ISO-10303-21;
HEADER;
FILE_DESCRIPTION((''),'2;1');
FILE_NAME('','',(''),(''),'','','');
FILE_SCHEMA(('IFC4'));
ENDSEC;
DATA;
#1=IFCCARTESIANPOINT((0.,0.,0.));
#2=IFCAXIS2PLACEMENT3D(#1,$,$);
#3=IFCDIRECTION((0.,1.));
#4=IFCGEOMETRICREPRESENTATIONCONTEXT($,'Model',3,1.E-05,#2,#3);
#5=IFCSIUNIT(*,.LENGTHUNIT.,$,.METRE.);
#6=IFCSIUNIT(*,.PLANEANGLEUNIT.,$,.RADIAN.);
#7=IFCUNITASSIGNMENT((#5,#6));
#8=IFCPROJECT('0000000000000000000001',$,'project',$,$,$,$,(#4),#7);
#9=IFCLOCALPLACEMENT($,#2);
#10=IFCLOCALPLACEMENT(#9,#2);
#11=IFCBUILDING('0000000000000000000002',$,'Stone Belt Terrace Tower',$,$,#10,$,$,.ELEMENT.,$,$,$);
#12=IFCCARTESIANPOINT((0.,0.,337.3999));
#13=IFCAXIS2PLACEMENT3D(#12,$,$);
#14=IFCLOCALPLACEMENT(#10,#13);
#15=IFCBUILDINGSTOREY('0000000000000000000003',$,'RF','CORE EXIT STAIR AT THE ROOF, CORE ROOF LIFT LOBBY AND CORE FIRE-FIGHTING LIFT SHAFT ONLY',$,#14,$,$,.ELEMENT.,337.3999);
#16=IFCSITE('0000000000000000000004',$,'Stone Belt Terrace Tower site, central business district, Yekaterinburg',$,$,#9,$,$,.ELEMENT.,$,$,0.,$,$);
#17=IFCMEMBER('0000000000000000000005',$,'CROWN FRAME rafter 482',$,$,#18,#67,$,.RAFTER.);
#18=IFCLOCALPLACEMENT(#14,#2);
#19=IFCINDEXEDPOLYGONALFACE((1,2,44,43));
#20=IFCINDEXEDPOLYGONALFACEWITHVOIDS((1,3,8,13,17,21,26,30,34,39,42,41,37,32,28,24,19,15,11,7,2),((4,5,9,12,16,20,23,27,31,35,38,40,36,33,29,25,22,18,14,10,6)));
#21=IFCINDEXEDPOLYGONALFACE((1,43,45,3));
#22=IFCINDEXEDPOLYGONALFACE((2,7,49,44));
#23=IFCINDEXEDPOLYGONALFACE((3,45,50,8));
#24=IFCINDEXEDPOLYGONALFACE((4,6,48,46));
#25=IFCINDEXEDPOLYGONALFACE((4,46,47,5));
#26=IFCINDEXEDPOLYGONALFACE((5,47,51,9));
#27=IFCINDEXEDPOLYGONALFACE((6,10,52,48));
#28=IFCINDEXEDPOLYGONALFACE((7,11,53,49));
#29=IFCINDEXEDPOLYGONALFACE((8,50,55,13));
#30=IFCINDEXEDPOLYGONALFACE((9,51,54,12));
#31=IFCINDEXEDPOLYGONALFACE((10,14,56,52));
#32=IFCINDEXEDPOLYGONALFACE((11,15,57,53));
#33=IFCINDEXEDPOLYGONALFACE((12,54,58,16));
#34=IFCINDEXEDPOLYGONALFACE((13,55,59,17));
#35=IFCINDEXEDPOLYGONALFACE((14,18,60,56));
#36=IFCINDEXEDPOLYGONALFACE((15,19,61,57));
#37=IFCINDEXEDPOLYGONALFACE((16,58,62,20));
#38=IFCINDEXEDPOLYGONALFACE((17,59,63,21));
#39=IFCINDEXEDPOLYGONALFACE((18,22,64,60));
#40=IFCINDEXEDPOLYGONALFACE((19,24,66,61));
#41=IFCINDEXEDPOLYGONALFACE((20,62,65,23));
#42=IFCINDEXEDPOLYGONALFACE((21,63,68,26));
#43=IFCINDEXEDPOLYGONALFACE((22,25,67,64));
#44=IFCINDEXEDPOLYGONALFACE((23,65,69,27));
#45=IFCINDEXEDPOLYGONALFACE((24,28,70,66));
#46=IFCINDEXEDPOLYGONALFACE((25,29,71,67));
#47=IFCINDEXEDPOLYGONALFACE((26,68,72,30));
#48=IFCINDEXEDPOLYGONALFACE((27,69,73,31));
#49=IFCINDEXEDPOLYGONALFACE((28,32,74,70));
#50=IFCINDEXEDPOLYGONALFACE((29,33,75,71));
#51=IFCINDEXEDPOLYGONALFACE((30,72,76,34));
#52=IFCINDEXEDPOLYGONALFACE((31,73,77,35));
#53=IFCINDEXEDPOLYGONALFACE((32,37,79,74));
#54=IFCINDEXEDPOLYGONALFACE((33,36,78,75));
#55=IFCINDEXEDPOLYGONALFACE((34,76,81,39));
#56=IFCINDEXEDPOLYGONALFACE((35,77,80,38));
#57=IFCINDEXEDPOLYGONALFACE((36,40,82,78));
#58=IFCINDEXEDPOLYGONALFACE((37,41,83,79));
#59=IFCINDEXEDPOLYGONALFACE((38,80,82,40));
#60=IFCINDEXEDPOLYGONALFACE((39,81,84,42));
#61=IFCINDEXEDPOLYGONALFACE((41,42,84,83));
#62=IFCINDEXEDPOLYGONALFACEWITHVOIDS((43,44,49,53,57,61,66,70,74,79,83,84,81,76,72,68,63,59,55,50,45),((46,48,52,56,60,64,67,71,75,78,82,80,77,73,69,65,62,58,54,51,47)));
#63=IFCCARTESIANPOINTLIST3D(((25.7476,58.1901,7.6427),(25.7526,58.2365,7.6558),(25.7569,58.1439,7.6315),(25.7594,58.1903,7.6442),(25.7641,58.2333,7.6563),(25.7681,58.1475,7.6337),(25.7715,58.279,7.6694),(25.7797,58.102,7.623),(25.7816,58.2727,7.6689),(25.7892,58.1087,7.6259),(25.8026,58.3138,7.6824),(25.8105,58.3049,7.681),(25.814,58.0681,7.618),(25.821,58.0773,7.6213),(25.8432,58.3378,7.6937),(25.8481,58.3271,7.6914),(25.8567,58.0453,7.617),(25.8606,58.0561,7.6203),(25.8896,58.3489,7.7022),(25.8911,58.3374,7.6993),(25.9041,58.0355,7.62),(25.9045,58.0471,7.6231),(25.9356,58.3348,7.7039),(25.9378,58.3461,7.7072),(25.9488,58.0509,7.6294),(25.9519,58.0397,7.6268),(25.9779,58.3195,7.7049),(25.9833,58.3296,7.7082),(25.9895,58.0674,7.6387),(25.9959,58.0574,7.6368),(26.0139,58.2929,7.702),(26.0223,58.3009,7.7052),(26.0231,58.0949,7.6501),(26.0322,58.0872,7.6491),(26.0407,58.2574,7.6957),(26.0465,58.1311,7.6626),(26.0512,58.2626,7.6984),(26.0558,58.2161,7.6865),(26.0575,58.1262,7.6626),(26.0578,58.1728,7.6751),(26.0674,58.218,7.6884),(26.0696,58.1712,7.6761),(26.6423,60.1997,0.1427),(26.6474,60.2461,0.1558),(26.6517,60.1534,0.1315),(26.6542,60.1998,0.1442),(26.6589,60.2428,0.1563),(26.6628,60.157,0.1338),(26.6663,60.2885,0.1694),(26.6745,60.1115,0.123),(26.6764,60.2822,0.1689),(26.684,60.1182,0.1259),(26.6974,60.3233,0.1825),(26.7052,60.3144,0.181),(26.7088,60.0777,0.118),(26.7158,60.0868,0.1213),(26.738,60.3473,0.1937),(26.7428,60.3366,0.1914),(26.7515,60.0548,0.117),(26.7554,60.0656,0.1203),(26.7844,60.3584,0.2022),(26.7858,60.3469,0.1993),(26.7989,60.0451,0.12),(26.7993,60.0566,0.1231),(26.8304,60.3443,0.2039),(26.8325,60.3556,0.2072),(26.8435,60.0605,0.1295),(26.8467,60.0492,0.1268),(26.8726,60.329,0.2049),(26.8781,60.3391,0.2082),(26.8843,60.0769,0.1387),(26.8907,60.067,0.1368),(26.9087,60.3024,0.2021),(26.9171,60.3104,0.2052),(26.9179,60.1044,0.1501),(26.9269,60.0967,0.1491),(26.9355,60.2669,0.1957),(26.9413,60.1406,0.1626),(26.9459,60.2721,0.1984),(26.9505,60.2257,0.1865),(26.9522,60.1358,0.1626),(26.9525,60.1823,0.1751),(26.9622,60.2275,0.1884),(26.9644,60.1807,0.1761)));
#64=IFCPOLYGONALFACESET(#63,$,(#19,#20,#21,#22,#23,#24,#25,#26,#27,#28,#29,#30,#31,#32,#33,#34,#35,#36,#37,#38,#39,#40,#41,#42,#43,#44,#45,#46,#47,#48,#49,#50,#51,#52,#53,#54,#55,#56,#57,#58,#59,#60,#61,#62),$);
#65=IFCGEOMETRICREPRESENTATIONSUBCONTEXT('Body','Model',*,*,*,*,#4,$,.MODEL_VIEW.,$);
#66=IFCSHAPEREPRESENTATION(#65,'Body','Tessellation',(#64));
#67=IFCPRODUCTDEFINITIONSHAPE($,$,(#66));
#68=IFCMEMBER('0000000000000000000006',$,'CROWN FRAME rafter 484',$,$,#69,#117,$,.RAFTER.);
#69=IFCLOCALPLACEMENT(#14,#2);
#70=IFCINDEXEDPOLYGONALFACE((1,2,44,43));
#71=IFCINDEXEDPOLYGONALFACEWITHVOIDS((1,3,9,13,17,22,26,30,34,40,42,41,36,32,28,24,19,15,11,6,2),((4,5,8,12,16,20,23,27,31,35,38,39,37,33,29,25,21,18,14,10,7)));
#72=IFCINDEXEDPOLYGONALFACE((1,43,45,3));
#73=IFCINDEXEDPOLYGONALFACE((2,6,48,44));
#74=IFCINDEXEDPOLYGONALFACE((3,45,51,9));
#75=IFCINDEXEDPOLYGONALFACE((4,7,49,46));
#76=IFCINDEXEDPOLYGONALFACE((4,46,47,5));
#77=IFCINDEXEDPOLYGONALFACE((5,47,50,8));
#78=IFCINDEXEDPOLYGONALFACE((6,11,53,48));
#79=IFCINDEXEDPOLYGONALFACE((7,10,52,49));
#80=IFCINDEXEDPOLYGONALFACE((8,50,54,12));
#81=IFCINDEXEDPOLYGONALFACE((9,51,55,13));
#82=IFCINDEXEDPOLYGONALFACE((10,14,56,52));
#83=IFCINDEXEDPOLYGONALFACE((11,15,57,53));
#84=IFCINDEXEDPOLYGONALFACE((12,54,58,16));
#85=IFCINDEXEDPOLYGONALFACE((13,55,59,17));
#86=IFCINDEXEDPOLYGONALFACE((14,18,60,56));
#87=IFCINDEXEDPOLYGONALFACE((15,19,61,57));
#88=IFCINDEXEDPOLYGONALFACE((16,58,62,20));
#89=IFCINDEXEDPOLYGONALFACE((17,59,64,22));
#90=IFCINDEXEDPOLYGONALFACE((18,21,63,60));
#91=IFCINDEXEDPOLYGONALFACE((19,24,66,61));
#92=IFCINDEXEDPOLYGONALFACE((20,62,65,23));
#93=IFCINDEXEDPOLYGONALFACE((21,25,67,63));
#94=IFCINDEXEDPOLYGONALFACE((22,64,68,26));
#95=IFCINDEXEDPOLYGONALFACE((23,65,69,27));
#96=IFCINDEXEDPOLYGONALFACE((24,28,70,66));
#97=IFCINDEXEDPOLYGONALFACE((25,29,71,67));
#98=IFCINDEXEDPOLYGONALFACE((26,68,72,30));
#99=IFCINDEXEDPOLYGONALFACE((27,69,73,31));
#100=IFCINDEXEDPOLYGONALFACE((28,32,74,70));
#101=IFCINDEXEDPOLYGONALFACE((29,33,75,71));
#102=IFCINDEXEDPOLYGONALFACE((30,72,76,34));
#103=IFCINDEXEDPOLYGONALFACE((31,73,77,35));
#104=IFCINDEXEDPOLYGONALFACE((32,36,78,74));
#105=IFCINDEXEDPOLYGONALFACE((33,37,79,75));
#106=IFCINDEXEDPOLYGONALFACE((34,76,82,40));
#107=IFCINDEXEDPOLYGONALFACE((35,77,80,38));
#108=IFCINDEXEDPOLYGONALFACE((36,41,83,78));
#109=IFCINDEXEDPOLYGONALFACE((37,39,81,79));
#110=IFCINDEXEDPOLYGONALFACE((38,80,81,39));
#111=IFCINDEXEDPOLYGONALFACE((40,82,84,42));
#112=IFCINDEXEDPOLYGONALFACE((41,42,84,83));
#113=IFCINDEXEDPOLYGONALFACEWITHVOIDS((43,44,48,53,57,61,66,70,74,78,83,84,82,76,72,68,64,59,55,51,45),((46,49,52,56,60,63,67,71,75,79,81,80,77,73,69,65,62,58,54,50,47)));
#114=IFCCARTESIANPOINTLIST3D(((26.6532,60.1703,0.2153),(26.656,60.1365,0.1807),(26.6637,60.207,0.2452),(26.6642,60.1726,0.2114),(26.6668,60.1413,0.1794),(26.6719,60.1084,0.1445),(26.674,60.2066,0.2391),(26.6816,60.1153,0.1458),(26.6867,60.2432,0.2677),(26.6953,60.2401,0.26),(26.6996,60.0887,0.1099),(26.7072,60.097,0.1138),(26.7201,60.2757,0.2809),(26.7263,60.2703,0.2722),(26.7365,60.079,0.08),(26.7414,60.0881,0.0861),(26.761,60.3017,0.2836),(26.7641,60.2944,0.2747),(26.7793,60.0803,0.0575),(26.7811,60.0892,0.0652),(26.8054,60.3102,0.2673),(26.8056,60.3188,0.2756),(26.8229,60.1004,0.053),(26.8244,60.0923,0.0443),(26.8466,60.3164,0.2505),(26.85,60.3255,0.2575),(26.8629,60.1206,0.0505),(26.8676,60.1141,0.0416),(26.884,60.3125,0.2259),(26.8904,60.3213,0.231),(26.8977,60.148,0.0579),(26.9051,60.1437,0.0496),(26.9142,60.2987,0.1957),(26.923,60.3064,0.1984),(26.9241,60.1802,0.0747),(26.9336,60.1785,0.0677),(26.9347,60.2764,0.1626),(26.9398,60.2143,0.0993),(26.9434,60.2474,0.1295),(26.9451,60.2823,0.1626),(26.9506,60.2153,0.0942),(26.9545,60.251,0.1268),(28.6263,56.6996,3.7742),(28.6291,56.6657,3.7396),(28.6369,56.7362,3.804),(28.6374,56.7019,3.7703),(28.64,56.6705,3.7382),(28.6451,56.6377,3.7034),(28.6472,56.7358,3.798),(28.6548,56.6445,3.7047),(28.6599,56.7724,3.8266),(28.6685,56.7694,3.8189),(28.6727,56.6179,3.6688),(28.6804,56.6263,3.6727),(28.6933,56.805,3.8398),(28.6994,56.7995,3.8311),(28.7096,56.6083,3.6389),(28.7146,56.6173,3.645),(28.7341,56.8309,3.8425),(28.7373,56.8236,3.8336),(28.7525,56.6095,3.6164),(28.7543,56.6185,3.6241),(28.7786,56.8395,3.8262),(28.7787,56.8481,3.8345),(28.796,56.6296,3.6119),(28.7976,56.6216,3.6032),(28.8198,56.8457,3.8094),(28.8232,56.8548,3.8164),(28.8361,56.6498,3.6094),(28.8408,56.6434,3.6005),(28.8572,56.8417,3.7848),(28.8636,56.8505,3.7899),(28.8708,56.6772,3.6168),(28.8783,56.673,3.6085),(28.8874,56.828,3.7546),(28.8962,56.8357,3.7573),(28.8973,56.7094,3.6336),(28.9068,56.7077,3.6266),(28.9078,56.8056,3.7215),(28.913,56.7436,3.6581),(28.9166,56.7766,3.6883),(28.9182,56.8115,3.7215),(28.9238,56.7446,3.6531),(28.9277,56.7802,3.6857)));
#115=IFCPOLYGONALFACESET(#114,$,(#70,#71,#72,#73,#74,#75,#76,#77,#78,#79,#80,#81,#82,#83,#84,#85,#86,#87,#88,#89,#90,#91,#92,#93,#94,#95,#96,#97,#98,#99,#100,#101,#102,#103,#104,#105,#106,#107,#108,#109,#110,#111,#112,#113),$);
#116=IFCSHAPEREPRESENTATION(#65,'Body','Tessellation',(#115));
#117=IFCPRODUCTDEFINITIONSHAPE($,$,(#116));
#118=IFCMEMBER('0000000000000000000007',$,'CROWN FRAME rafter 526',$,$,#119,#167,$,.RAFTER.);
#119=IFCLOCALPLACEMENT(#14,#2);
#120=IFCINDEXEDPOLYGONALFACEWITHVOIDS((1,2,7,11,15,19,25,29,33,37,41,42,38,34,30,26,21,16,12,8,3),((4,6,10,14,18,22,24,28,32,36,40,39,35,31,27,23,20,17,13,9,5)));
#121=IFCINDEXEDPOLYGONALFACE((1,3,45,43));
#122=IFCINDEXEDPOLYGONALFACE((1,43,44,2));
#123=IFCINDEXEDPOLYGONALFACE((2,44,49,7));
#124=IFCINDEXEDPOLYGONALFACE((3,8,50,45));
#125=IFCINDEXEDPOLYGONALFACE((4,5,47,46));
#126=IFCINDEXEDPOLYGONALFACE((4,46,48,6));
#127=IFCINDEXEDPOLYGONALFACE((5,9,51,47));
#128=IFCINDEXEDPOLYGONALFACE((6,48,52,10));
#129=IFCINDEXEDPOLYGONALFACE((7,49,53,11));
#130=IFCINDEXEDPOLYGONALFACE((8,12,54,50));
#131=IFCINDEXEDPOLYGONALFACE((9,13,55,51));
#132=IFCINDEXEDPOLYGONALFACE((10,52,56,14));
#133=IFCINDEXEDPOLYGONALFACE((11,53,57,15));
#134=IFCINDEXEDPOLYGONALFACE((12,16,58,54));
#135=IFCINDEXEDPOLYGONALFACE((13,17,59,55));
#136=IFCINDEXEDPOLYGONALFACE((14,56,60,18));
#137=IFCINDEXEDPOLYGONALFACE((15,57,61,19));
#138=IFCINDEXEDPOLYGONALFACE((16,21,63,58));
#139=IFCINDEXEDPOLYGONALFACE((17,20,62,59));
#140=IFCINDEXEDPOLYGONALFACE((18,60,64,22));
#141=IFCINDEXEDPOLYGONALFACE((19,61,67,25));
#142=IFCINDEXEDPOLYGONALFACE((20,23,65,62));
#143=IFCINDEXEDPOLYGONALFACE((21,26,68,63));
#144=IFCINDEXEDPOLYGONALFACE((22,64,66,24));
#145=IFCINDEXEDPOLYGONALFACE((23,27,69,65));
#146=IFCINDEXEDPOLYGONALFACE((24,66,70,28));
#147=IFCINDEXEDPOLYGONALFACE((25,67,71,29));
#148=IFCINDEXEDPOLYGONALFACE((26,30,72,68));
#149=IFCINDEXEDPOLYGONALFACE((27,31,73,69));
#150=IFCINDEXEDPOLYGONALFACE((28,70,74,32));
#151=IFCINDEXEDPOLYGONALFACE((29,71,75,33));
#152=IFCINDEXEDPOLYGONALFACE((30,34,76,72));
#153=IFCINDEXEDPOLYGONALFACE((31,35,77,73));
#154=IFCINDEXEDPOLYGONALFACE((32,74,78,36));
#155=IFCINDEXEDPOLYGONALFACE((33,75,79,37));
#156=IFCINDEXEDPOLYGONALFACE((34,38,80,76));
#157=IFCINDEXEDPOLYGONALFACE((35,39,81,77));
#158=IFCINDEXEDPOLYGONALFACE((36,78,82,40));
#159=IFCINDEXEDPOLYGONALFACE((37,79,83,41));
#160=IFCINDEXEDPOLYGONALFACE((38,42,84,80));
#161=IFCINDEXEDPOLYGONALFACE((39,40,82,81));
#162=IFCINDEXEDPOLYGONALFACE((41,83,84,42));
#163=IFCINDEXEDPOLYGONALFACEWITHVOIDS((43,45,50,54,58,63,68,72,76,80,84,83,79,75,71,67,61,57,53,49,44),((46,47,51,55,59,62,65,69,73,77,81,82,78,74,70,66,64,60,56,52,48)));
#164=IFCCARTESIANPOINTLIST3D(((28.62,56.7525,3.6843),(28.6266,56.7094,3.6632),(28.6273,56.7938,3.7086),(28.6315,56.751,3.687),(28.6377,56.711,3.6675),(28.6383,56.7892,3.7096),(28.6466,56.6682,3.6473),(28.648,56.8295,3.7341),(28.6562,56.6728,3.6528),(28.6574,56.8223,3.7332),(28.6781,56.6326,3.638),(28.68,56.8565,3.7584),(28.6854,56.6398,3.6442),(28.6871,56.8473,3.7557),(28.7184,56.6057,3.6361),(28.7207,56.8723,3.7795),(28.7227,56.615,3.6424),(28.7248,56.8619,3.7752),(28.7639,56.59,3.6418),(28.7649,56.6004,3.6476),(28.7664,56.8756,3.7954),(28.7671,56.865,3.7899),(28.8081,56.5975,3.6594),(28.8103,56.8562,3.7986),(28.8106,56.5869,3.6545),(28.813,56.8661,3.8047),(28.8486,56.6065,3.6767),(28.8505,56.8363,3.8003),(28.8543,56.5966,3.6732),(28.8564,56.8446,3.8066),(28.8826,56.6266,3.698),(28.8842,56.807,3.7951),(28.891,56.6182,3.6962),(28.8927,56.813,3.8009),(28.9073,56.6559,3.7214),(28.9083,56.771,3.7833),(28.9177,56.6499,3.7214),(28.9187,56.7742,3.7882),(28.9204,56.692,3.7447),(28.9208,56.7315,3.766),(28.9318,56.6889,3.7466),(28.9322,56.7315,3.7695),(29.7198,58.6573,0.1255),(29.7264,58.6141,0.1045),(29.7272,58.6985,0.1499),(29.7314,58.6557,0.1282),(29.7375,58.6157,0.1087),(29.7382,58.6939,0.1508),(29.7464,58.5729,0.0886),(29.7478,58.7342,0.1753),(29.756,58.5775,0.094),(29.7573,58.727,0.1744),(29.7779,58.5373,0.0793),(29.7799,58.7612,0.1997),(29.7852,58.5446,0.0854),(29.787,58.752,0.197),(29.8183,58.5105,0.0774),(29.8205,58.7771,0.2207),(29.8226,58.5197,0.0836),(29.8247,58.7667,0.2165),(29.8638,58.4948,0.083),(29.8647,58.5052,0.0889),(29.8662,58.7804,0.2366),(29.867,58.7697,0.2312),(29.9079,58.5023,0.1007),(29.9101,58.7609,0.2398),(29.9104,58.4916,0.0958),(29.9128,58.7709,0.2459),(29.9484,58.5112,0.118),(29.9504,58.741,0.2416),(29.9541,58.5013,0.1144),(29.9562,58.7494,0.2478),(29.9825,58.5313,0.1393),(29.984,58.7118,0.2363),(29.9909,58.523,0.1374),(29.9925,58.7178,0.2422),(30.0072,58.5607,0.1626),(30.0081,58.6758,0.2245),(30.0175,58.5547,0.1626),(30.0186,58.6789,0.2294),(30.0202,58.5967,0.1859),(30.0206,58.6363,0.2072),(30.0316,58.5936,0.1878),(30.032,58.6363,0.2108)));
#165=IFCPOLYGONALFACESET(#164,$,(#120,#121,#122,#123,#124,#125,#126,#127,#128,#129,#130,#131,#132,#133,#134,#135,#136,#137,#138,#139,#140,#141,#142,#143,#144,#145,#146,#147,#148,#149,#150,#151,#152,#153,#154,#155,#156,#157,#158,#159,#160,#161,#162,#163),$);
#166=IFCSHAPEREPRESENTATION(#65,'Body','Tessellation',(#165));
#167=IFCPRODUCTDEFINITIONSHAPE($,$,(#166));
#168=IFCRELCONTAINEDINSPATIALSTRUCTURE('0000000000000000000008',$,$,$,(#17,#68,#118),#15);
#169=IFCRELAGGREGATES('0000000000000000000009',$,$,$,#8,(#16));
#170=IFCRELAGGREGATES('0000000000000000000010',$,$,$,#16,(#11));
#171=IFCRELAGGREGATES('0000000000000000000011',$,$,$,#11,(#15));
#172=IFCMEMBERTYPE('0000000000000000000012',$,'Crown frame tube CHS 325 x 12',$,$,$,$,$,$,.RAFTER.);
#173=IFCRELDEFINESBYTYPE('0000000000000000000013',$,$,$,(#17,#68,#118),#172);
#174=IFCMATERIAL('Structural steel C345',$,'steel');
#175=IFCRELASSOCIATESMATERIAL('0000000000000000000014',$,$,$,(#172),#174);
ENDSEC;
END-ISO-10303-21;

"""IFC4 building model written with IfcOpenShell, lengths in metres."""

from ifc_helpers import new_model, si_unit, direction, frame, origin, origin_2d, place, context, subcontext, project, spatial, hollow_circle, extrude, material, material_profile, profile_set, type_object, element, save


model = new_model("IFC4")

# Units and contexts
model_context = context("Model", 3, precision=1e-05, world=origin(), true_north=direction((0.0, 1.0)))
body_context = subcontext(model_context, "Body", "Model", "MODEL_VIEW")
ifc_project = project(units=[si_unit("LENGTHUNIT", "METRE"), si_unit("PLANEANGLEUNIT", "RADIAN")], contexts=[model_context])

# Site, building, storey
site_placement = place(None, origin())
site = spatial("IfcSite", under=ifc_project, at=site_placement, Name="Stone Belt Terrace Tower site, central business district, Yekaterinburg", CompositionType="ELEMENT", RefElevation=0.0)
building_placement = place(site_placement, origin())
building = spatial("IfcBuilding", under=site, at=building_placement, Name="Stone Belt Terrace Tower", CompositionType="ELEMENT")
storey_placement = place(building_placement, frame((0.0, 0.0, 337.3999)))
storey = spatial("IfcBuildingStorey", under=building, at=storey_placement, Name="RF", Description="CORE EXIT STAIR AT THE ROOF, CORE ROOF LIFT LOBBY AND CORE FIRE-FIGHTING LIFT SHAFT ONLY", CompositionType="ELEMENT", Elevation=337.3999)

# Members
ifc_material_1 = material(Name="Structural steel C345", Category="steel")
ifc_material_profile_1 = material_profile(ifc_material_1, hollow_circle(Radius=0.1626, WallThickness=0.012, at=origin_2d()), Name="Structural steel C345 CHS 325x12")
ifc_profile_set_1 = profile_set([ifc_material_profile_1], Name="Structural steel C345")
member_type_1 = type_object("IfcMemberType", Name="Crown frame tube CHS 325 x 12", PredefinedType="RAFTER", material=ifc_profile_set_1)
member_1_placement = place(storey_placement, frame((26.8037, 60.2019, 0.1626), z_axis=(-0.114481, -0.257106, 0.959578), x_axis=(0.913532, -0.406767, 0.0)))
element("IfcMember", 1, at=member_1_placement, inside=storey, type_object=member_type_1, Name="CROWN FRAME rafter 482", PredefinedType="RAFTER", context=body_context, shape_type="SweptSolid", body=[
    extrude(hollow_circle(Radius=0.1626, WallThickness=0.012, at=origin_2d()), origin(), (0.0, 0.0, 1.0), 7.8159),
])
member_2_placement = place(storey_placement, frame((26.8037, 60.2019, 0.1626), z_axis=(0.368929, -0.648935, 0.665414), x_axis=(0.869332, 0.494228, 0.0)))
element("IfcMember", 2, at=member_2_placement, inside=storey, type_object=member_type_1, Name="CROWN FRAME rafter 484", PredefinedType="RAFTER", context=body_context, shape_type="SweptSolid", body=[
    extrude(hollow_circle(Radius=0.1626, WallThickness=0.012, at=origin_2d()), origin(), (0.0, 0.0, 1.0), 5.3484),
])
member_3_placement = place(storey_placement, frame((29.8767, 58.636, 0.1626), z_axis=(-0.262891, -0.455289, 0.850647), x_axis=(0.866001, -0.500043, 0.0)))
element("IfcMember", 3, at=member_3_placement, inside=storey, type_object=member_type_1, Name="CROWN FRAME rafter 526", PredefinedType="RAFTER", context=body_context, shape_type="SweptSolid", body=[
    extrude(hollow_circle(Radius=0.1626, WallThickness=0.012, at=origin_2d()), origin(), (0.0, 0.0, 1.0), 4.1836),
])

save(model, "model.ifc")
